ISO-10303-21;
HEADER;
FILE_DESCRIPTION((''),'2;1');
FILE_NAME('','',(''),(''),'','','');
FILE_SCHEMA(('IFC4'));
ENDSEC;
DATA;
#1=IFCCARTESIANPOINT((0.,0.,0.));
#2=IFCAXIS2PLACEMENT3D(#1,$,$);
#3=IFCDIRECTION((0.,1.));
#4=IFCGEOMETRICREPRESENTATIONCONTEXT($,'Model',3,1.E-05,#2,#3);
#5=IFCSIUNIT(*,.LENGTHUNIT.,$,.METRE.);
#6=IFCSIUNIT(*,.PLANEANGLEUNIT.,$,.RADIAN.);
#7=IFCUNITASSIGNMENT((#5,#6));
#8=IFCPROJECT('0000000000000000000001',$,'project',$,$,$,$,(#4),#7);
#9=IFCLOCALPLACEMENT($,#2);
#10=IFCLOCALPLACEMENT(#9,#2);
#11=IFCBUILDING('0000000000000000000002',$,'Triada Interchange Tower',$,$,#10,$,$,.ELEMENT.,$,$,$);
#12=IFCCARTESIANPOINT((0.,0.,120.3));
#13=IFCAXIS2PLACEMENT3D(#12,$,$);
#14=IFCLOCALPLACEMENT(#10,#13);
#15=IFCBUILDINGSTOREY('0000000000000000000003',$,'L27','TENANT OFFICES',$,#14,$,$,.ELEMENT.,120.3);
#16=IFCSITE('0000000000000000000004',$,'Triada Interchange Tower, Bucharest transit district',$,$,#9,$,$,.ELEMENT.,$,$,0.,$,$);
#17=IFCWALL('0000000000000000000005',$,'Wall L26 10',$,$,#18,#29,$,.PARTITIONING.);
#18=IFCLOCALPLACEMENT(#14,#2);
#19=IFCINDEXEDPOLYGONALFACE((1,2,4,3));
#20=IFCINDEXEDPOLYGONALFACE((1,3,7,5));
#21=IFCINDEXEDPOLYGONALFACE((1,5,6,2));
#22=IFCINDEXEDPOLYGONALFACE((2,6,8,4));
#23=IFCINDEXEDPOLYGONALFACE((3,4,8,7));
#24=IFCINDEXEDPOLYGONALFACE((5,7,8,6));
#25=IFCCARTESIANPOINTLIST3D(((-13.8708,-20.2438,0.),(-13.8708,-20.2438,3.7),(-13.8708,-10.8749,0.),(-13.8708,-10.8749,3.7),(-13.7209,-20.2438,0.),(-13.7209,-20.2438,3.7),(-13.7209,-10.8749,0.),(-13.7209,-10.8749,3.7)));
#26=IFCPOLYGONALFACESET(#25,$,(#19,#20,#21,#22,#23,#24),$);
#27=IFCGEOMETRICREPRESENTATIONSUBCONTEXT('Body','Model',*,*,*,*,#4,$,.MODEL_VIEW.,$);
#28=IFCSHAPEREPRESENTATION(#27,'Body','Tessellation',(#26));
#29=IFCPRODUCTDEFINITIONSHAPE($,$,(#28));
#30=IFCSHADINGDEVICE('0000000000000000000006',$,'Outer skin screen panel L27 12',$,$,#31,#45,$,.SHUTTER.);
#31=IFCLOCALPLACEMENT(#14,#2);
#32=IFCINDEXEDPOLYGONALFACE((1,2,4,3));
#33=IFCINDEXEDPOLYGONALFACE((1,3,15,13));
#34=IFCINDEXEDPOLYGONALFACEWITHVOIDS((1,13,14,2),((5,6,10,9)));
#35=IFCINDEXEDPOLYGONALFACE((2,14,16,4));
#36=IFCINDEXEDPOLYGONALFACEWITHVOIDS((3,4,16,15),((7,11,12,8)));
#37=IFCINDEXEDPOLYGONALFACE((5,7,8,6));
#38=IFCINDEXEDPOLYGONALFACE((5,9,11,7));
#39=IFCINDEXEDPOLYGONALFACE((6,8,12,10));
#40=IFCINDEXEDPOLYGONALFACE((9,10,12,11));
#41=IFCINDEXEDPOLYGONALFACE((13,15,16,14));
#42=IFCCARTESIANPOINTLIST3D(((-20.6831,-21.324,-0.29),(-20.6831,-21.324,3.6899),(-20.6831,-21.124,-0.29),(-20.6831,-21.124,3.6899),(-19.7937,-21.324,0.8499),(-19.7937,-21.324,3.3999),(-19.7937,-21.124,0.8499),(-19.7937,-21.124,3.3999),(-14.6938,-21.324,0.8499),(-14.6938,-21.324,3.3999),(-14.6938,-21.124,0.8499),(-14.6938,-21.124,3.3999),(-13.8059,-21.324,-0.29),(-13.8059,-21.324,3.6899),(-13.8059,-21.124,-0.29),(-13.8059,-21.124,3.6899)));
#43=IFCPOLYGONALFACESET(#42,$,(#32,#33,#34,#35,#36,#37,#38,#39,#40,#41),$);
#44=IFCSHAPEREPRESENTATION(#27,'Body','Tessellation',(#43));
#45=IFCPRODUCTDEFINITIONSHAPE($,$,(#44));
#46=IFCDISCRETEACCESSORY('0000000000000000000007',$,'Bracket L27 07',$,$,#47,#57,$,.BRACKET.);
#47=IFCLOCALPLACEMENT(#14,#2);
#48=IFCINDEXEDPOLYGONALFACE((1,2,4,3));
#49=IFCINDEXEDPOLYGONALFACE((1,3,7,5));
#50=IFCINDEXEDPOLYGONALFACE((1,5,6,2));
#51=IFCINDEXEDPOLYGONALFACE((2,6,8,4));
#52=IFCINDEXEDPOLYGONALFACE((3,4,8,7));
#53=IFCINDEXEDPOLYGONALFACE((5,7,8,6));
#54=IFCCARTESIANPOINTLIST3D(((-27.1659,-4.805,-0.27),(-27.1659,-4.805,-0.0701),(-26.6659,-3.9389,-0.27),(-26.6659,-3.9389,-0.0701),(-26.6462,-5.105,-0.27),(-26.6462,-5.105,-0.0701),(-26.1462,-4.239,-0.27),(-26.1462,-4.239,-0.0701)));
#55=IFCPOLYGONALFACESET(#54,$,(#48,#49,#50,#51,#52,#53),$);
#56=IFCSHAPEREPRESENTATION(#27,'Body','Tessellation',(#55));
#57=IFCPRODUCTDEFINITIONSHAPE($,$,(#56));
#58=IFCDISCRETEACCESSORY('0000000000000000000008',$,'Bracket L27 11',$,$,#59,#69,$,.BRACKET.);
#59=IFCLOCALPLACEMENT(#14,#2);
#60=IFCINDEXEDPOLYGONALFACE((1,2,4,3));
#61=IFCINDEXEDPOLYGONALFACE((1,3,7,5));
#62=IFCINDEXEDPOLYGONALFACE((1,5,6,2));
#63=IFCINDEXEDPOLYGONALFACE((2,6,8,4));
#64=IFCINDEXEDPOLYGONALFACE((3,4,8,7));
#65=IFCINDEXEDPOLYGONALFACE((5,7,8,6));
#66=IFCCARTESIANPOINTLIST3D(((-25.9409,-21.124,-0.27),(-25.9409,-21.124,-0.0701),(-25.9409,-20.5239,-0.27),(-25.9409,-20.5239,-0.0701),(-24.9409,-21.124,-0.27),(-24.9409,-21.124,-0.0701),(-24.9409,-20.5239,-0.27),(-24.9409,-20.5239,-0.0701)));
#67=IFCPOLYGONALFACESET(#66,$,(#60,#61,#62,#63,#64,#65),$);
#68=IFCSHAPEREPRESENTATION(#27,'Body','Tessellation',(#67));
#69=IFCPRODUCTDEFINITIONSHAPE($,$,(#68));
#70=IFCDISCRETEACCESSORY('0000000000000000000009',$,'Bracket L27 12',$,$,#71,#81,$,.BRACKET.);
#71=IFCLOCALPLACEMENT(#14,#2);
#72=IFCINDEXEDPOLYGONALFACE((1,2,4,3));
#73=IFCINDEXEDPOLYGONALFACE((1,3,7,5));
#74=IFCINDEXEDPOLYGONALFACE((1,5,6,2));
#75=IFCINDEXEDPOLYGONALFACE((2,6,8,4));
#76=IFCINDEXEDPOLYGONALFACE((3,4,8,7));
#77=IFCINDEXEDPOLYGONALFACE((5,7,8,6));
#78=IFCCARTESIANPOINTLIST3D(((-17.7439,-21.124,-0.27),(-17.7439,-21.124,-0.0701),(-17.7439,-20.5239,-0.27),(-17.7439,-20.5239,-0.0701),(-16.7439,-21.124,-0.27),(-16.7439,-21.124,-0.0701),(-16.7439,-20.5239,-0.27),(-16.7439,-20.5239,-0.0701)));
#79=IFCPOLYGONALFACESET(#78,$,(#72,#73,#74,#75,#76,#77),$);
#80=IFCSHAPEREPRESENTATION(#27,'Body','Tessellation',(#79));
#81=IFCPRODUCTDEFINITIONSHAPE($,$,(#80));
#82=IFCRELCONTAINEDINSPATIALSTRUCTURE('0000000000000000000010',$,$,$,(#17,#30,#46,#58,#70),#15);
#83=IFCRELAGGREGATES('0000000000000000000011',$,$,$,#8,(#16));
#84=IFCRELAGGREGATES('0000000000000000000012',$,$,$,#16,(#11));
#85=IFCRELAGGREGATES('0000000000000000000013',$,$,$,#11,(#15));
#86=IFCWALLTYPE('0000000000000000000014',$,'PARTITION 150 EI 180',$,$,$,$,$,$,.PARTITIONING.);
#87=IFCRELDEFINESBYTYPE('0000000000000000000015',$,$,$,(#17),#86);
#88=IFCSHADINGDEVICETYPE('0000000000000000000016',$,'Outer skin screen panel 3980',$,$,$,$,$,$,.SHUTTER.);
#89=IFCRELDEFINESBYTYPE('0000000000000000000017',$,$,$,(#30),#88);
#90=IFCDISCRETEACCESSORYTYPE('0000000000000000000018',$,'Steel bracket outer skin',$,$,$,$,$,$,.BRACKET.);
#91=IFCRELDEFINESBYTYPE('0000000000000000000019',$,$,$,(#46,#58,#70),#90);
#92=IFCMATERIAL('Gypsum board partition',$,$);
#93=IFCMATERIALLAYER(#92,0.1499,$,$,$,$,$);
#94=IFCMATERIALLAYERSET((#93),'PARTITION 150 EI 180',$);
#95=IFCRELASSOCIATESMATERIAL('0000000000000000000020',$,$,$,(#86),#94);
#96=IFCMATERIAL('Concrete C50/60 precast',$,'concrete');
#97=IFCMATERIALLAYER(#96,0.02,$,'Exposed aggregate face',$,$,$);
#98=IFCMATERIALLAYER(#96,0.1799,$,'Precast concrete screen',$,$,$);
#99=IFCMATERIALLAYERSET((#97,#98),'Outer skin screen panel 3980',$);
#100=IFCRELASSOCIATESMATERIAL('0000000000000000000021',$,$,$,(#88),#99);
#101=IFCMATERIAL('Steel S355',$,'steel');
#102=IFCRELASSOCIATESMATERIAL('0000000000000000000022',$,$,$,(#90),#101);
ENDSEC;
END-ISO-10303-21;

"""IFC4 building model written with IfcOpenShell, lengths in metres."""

from ifc_helpers import new_model, si_unit, direction, frame, frame_2d, origin, origin_2d, place, context, subcontext, project, spatial, polyline, rectangle, outline, extrude, material, layer, layer_set, type_object, element, save


model = new_model("IFC4")

# Units and contexts
model_context = context("Model", 3, precision=1e-05, world=origin(), true_north=direction((0.0, 1.0)))
body_context = subcontext(model_context, "Body", "Model", "MODEL_VIEW")
ifc_project = project(units=[si_unit("LENGTHUNIT", "METRE"), si_unit("PLANEANGLEUNIT", "RADIAN")], contexts=[model_context])

# Site, building, storey
site_placement = place(None, origin())
site = spatial("IfcSite", under=ifc_project, at=site_placement, Name="Triada Interchange Tower, Bucharest transit district", CompositionType="ELEMENT", RefElevation=0.0)
building_placement = place(site_placement, origin())
building = spatial("IfcBuilding", under=site, at=building_placement, Name="Triada Interchange Tower", CompositionType="ELEMENT")
storey_placement = place(building_placement, frame((0.0, 0.0, 120.3)))
storey = spatial("IfcBuildingStorey", under=building, at=storey_placement, Name="L27", Description="TENANT OFFICES", CompositionType="ELEMENT", Elevation=120.3)

# Shared definitions
ifc_material_1 = material(Name="Gypsum board partition")
ifc_layer_1 = layer(ifc_material_1, 0.1499)
ifc_layer_set_1 = layer_set([ifc_layer_1], Name="PARTITION 150 EI 180")
wall_type_1 = type_object("IfcWallType", Name="PARTITION 150 EI 180", PredefinedType="PARTITIONING", material=ifc_layer_set_1)

# Wall
wall_1_placement = place(storey_placement, frame((-13.7959, -20.2439, 0.0), z_axis=(0.0, 0.0, 1.0), x_axis=(0.0, 1.0, 0.0)))
element("IfcWall", 1, at=wall_1_placement, inside=storey, type_object=wall_type_1, Name="Wall L26 10", PredefinedType="PARTITIONING", context=body_context, shape_type="SweptSolid", body=[
    extrude(rectangle(XDim=9.3689, YDim=0.1499, at=frame_2d((4.6846, 0.0))), origin(), (0.0, 0.0, 1.0), 3.7),
])

# Shading device
ifc_material_2 = material(Name="Concrete C50/60 precast", Category="concrete")
ifc_layer_2 = layer(ifc_material_2, 0.02, Name="Exposed aggregate face")
ifc_layer_3 = layer(ifc_material_2, 0.1799, Name="Precast concrete screen")
ifc_layer_set_2 = layer_set([ifc_layer_2, ifc_layer_3], Name="Outer skin screen panel 3980")
shading_device_type = type_object("IfcShadingDeviceType", Name="Outer skin screen panel 3980", PredefinedType="SHUTTER", material=ifc_layer_set_2)
shading_device_placement = place(storey_placement, frame((-20.6831, -21.124, -0.29), z_axis=(0.0, 0.0, 1.0), x_axis=(1.0, 0.0, 0.0)))
element("IfcShadingDevice", 2, at=shading_device_placement, inside=storey, type_object=shading_device_type, Name="Outer skin screen panel L27 12", PredefinedType="SHUTTER", context=body_context, shape_type="SweptSolid", body=[
    extrude(outline(polyline([(0.0, 0.0), (6.8772, 0.0), (6.8772, 3.98), (0.0, 3.98), (0.0, 0.0)]), holes=[polyline([(0.8894, 1.1399), (0.8894, 3.6899), (5.9893, 3.6899), (5.9893, 1.1399), (0.8894, 1.1399)])]), frame((0.0, 0.0, 0.0), z_axis=(0.0, -1.0, 0.0), x_axis=(1.0, 0.0, 0.0)), (0.0, 0.0, 1.0), 0.2),
])

# Discrete accessories
ifc_material_3 = material(Name="Steel S355", Category="steel")
discrete_accessory_type = type_object("IfcDiscreteAccessoryType", Name="Steel bracket outer skin", PredefinedType="BRACKET", material=ifc_material_3)
for number, where, z_axis, x_axis, name in (
    (3, (-26.656, -4.522, -0.27), (0.0, 0.0, 1.0), (-0.866028, 0.499995, 0.0), "Bracket L27 07"),
    (4, (-25.4409, -20.824, -0.27), (0.0, 0.0, 1.0), (0.0, -1.0, 0.0), "Bracket L27 11"),
    (5, (-17.2439, -20.824, -0.27), (0.0, 0.0, 1.0), (0.0, -1.0, 0.0), "Bracket L27 12"),
):
    element("IfcDiscreteAccessory", number, at=place(storey_placement, frame(where, z_axis=z_axis, x_axis=x_axis)), inside=storey, type_object=discrete_accessory_type, Name=name, PredefinedType="BRACKET", context=body_context, shape_type="SweptSolid", body=[
        extrude(rectangle(XDim=0.6001, YDim=1.0, at=origin_2d()), origin(), (0.0, 0.0, 1.0), 0.2),
    ])

save(model, "model.ifc")
